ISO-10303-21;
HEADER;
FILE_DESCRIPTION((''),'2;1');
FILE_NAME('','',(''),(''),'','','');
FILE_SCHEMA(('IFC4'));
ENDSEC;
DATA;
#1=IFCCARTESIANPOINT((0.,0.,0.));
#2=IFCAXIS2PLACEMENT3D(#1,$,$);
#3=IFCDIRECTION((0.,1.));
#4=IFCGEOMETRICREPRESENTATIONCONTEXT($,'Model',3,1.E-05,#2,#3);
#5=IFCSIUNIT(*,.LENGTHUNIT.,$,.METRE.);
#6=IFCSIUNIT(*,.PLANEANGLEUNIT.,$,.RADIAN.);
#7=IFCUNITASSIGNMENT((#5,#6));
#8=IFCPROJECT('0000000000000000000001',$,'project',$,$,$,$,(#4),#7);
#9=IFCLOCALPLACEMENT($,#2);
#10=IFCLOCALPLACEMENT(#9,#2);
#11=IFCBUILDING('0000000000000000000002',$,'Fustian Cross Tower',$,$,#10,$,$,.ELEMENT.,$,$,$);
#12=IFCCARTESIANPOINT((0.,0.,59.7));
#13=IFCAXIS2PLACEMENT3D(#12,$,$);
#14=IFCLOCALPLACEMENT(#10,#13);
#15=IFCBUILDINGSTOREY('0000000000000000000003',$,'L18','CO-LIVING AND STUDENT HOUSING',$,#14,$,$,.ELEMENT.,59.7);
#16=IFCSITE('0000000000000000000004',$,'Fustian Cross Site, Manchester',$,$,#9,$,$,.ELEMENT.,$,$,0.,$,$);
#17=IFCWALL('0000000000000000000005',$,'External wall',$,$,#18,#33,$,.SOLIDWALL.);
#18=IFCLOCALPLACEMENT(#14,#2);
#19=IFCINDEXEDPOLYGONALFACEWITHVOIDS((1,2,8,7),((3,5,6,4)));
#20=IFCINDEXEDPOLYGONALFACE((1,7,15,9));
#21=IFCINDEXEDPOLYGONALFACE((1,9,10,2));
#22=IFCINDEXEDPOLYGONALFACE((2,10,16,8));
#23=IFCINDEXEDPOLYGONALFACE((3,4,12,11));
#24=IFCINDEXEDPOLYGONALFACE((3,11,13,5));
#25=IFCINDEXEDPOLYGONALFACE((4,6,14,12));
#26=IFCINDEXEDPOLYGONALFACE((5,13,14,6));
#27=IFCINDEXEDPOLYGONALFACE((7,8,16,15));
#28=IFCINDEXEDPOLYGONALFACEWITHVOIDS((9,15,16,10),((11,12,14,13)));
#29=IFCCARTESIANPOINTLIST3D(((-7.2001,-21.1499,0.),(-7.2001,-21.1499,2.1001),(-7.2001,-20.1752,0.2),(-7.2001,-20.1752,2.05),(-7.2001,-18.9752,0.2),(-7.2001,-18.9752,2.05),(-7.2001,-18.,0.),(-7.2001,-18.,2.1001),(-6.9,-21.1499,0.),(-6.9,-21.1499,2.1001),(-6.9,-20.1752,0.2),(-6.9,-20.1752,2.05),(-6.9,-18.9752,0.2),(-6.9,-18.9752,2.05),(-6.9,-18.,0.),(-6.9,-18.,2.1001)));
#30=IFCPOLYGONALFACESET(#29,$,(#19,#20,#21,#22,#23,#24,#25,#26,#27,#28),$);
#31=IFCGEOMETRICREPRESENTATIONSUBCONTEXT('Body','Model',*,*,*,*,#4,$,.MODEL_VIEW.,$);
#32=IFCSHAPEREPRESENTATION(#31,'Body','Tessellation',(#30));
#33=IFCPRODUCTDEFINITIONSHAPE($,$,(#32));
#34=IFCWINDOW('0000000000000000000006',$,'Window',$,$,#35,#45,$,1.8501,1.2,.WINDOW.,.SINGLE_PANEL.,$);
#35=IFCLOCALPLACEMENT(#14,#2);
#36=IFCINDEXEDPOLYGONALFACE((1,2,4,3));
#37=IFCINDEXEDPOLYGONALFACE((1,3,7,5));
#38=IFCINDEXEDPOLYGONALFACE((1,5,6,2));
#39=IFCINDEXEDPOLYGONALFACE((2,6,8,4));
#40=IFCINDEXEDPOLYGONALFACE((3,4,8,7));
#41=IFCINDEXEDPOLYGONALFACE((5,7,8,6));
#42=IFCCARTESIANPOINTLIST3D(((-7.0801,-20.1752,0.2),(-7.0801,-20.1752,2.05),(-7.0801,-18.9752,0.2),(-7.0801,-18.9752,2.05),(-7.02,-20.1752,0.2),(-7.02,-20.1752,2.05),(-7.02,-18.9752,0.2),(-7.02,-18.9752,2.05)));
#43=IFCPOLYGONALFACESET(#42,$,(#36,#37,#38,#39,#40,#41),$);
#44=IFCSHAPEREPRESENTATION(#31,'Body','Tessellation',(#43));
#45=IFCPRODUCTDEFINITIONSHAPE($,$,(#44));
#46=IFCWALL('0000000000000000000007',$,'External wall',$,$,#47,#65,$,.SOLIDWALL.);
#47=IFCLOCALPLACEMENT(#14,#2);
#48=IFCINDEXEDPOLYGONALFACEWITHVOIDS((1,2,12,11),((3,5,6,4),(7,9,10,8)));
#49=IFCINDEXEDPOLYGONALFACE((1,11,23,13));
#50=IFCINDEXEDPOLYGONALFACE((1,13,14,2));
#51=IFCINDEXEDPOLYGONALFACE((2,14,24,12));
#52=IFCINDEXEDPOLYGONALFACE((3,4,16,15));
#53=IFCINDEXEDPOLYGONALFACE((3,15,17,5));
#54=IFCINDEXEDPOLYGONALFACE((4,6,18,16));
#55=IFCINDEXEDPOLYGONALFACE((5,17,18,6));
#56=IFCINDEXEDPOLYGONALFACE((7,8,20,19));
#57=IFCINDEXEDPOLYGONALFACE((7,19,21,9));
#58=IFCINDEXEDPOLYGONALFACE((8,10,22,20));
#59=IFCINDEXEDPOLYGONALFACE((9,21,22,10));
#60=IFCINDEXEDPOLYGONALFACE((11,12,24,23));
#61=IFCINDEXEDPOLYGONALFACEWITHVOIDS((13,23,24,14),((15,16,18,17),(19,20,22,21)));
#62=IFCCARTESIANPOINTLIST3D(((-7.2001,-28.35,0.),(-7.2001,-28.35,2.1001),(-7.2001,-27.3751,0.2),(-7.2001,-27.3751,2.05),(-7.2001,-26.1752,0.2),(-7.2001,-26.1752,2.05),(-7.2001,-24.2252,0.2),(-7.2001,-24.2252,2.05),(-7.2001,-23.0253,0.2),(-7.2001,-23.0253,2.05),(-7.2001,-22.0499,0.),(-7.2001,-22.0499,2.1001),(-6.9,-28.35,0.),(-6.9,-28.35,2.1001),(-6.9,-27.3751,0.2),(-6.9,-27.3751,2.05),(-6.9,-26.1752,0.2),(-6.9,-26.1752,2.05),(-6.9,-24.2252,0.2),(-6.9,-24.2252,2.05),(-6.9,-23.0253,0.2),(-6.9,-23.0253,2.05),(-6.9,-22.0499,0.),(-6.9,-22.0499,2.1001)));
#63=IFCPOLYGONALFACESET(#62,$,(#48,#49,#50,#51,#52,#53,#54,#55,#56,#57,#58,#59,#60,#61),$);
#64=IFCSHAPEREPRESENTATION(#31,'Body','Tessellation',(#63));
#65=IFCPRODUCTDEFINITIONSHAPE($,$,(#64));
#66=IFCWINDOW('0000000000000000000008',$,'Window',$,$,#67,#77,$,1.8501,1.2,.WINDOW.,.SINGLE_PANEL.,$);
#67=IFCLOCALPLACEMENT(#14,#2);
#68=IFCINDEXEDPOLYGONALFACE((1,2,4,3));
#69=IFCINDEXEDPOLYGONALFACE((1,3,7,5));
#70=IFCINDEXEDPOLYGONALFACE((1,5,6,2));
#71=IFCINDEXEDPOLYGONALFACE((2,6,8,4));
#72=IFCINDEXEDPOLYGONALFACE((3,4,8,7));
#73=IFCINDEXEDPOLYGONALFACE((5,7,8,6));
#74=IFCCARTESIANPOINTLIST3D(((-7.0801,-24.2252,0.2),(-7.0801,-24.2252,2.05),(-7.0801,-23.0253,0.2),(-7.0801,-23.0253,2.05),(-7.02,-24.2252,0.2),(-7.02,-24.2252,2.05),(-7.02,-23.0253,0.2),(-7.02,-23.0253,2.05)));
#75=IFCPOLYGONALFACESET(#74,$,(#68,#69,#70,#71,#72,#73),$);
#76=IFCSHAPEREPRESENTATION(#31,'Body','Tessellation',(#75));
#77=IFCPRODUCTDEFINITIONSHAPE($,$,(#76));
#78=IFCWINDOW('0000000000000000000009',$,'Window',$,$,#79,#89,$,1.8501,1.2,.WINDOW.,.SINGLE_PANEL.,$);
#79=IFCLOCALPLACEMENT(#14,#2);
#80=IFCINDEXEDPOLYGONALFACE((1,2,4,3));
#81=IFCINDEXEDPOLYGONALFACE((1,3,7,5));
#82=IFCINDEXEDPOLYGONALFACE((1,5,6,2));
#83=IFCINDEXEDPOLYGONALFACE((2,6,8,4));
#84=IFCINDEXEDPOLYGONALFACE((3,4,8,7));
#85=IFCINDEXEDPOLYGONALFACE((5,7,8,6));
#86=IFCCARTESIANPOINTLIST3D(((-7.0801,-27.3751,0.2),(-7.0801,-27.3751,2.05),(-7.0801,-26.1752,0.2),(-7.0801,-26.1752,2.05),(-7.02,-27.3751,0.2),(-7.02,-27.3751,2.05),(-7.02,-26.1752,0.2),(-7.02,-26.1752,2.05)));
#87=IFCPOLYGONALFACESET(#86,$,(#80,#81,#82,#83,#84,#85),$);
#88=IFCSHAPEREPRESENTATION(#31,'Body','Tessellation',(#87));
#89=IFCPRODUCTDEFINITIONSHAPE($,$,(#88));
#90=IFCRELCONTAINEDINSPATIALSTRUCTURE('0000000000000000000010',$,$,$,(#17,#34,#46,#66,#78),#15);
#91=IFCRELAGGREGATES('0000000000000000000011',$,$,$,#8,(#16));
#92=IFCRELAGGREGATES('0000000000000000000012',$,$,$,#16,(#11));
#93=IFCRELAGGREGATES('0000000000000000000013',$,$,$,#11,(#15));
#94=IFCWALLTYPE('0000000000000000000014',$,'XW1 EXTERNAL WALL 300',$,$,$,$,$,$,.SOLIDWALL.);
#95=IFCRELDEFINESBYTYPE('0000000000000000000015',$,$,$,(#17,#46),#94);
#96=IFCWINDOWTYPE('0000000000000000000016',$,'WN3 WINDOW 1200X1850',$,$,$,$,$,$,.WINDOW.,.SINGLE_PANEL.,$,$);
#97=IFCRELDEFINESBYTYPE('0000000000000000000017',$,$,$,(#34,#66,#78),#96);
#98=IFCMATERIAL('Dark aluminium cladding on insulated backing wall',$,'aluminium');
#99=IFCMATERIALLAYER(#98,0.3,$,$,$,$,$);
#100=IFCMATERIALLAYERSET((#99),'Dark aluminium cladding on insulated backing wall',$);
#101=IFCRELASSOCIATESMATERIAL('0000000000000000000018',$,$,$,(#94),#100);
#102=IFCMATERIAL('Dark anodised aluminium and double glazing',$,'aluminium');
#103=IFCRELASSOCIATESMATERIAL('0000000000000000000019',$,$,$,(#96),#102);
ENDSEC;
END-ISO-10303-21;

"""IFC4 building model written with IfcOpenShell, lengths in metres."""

from ifc_helpers import new_model, si_unit, direction, frame, frame_2d, origin, place, context, subcontext, project, spatial, rectangle, extrude, material, layer, layer_set, type_object, element, fill, save


model = new_model("IFC4")

# Units and contexts
model_context = context("Model", 3, precision=1e-05, world=origin(), true_north=direction((0.0, 1.0)))
body_context = subcontext(model_context, "Body", "Model", "MODEL_VIEW")
ifc_project = project(units=[si_unit("LENGTHUNIT", "METRE"), si_unit("PLANEANGLEUNIT", "RADIAN")], contexts=[model_context])

# Site, building, storey
site_placement = place(None, origin())
site = spatial("IfcSite", under=ifc_project, at=site_placement, Name="Fustian Cross Site, Manchester", CompositionType="ELEMENT", RefElevation=0.0)
building_placement = place(site_placement, origin())
building = spatial("IfcBuilding", under=site, at=building_placement, Name="Fustian Cross Tower", CompositionType="ELEMENT")
storey_placement = place(building_placement, frame((0.0, 0.0, 59.7)))
storey = spatial("IfcBuildingStorey", under=building, at=storey_placement, Name="L18", Description="CO-LIVING AND STUDENT HOUSING", CompositionType="ELEMENT", Elevation=59.7)

# Shared definitions
ifc_material_1 = material(Name="Dark aluminium cladding on insulated backing wall", Category="aluminium")
ifc_layer_1 = layer(ifc_material_1, 0.3)
ifc_layer_set_1 = layer_set([ifc_layer_1], Name="Dark aluminium cladding on insulated backing wall")
wall_type_1 = type_object("IfcWallType", Name="XW1 EXTERNAL WALL 300", PredefinedType="SOLIDWALL", material=ifc_layer_set_1)

# Wall, opening, window
ifc_material_2 = material(Name="Dark anodised aluminium and double glazing", Category="aluminium")
window_type = type_object("IfcWindowType", Name="WN3 WINDOW 1200X1850", PartitioningType="SINGLE_PANEL", PredefinedType="WINDOW", material=ifc_material_2)
wall_1_placement = place(storey_placement, frame((-7.05, -18.0, 0.0), z_axis=(0.0, 0.0, 1.0), x_axis=(0.0, -1.0, 0.0)))
wall_1 = element("IfcWall", 1, at=wall_1_placement, inside=storey, type_object=wall_type_1, Name="External wall", PredefinedType="SOLIDWALL", context=body_context, shape_type="SweptSolid", body=[
    extrude(rectangle(XDim=3.1499, YDim=0.3, at=frame_2d((1.575, 0.0))), origin(), (0.0, 0.0, 1.0), 2.1001),
])
opening_1_placement = place(wall_1_placement, frame((0.9751, 0.0, 0.2)))
opening_1 = element("IfcOpeningElement", 2, at=opening_1_placement, cuts=wall_1, PredefinedType="OPENING", context=body_context, shape_type="SweptSolid", body=[
    extrude(rectangle(XDim=1.2, YDim=1.8501, at=frame_2d((0.6001, 0.925))), frame((0.0, 0.1599, 0.0), z_axis=(0.0, -1.0, 0.0), x_axis=(1.0, 0.0, 0.0)), (0.0, 0.0, 1.0), 0.3201),
])
window_1_placement = place(opening_1_placement, origin())
window_1 = element("IfcWindow", 3, at=window_1_placement, inside=storey, type_object=window_type, Name="Window", OverallHeight=1.8501, OverallWidth=1.2, PartitioningType="SINGLE_PANEL", PredefinedType="WINDOW", context=body_context, shape_type="SweptSolid", body=[
    extrude(rectangle(XDim=1.2, YDim=1.8501, at=frame_2d((0.6001, 0.925))), frame((0.0, 0.03, 0.0), z_axis=(0.0, -1.0, 0.0), x_axis=(1.0, 0.0, 0.0)), (0.0, 0.0, 1.0), 0.0601),
])
fill(opening_1, window_1)

# Wall, openings, windows
wall_2_placement = place(storey_placement, frame((-7.05, -22.05, 0.0), z_axis=(0.0, 0.0, 1.0), x_axis=(0.0, -1.0, 0.0)))
wall_2 = element("IfcWall", 4, at=wall_2_placement, inside=storey, type_object=wall_type_1, Name="External wall", PredefinedType="SOLIDWALL", context=body_context, shape_type="SweptSolid", body=[
    extrude(rectangle(XDim=6.3, YDim=0.3, at=frame_2d((3.1499, 0.0))), origin(), (0.0, 0.0, 1.0), 2.1001),
])
opening_2_placement = place(wall_2_placement, frame((0.9751, 0.0, 0.2)))
opening_2 = element("IfcOpeningElement", 5, at=opening_2_placement, cuts=wall_2, PredefinedType="OPENING", context=body_context, shape_type="SweptSolid", body=[
    extrude(rectangle(XDim=1.2, YDim=1.8501, at=frame_2d((0.6001, 0.925))), frame((0.0, 0.1599, 0.0), z_axis=(0.0, -1.0, 0.0), x_axis=(1.0, 0.0, 0.0)), (0.0, 0.0, 1.0), 0.3201),
])
opening_3_placement = place(wall_2_placement, frame((4.125, 0.0, 0.2)))
opening_3 = element("IfcOpeningElement", 6, at=opening_3_placement, cuts=wall_2, PredefinedType="OPENING", context=body_context, shape_type="SweptSolid", body=[
    extrude(rectangle(XDim=1.2, YDim=1.8501, at=frame_2d((0.6001, 0.925))), frame((0.0, 0.1599, 0.0), z_axis=(0.0, -1.0, 0.0), x_axis=(1.0, 0.0, 0.0)), (0.0, 0.0, 1.0), 0.3201),
])
window_2_placement = place(opening_2_placement, origin())
window_2 = element("IfcWindow", 7, at=window_2_placement, inside=storey, type_object=window_type, Name="Window", OverallHeight=1.8501, OverallWidth=1.2, PartitioningType="SINGLE_PANEL", PredefinedType="WINDOW", context=body_context, shape_type="SweptSolid", body=[
    extrude(rectangle(XDim=1.2, YDim=1.8501, at=frame_2d((0.6001, 0.925))), frame((0.0, 0.03, 0.0), z_axis=(0.0, -1.0, 0.0), x_axis=(1.0, 0.0, 0.0)), (0.0, 0.0, 1.0), 0.0601),
])
fill(opening_2, window_2)
window_3_placement = place(opening_3_placement, origin())
window_3 = element("IfcWindow", 8, at=window_3_placement, inside=storey, type_object=window_type, Name="Window", OverallHeight=1.8501, OverallWidth=1.2, PartitioningType="SINGLE_PANEL", PredefinedType="WINDOW", context=body_context, shape_type="SweptSolid", body=[
    extrude(rectangle(XDim=1.2, YDim=1.8501, at=frame_2d((0.6001, 0.925))), frame((0.0, 0.03, 0.0), z_axis=(0.0, -1.0, 0.0), x_axis=(1.0, 0.0, 0.0)), (0.0, 0.0, 1.0), 0.0601),
])
fill(opening_3, window_3)

save(model, "model.ifc")
